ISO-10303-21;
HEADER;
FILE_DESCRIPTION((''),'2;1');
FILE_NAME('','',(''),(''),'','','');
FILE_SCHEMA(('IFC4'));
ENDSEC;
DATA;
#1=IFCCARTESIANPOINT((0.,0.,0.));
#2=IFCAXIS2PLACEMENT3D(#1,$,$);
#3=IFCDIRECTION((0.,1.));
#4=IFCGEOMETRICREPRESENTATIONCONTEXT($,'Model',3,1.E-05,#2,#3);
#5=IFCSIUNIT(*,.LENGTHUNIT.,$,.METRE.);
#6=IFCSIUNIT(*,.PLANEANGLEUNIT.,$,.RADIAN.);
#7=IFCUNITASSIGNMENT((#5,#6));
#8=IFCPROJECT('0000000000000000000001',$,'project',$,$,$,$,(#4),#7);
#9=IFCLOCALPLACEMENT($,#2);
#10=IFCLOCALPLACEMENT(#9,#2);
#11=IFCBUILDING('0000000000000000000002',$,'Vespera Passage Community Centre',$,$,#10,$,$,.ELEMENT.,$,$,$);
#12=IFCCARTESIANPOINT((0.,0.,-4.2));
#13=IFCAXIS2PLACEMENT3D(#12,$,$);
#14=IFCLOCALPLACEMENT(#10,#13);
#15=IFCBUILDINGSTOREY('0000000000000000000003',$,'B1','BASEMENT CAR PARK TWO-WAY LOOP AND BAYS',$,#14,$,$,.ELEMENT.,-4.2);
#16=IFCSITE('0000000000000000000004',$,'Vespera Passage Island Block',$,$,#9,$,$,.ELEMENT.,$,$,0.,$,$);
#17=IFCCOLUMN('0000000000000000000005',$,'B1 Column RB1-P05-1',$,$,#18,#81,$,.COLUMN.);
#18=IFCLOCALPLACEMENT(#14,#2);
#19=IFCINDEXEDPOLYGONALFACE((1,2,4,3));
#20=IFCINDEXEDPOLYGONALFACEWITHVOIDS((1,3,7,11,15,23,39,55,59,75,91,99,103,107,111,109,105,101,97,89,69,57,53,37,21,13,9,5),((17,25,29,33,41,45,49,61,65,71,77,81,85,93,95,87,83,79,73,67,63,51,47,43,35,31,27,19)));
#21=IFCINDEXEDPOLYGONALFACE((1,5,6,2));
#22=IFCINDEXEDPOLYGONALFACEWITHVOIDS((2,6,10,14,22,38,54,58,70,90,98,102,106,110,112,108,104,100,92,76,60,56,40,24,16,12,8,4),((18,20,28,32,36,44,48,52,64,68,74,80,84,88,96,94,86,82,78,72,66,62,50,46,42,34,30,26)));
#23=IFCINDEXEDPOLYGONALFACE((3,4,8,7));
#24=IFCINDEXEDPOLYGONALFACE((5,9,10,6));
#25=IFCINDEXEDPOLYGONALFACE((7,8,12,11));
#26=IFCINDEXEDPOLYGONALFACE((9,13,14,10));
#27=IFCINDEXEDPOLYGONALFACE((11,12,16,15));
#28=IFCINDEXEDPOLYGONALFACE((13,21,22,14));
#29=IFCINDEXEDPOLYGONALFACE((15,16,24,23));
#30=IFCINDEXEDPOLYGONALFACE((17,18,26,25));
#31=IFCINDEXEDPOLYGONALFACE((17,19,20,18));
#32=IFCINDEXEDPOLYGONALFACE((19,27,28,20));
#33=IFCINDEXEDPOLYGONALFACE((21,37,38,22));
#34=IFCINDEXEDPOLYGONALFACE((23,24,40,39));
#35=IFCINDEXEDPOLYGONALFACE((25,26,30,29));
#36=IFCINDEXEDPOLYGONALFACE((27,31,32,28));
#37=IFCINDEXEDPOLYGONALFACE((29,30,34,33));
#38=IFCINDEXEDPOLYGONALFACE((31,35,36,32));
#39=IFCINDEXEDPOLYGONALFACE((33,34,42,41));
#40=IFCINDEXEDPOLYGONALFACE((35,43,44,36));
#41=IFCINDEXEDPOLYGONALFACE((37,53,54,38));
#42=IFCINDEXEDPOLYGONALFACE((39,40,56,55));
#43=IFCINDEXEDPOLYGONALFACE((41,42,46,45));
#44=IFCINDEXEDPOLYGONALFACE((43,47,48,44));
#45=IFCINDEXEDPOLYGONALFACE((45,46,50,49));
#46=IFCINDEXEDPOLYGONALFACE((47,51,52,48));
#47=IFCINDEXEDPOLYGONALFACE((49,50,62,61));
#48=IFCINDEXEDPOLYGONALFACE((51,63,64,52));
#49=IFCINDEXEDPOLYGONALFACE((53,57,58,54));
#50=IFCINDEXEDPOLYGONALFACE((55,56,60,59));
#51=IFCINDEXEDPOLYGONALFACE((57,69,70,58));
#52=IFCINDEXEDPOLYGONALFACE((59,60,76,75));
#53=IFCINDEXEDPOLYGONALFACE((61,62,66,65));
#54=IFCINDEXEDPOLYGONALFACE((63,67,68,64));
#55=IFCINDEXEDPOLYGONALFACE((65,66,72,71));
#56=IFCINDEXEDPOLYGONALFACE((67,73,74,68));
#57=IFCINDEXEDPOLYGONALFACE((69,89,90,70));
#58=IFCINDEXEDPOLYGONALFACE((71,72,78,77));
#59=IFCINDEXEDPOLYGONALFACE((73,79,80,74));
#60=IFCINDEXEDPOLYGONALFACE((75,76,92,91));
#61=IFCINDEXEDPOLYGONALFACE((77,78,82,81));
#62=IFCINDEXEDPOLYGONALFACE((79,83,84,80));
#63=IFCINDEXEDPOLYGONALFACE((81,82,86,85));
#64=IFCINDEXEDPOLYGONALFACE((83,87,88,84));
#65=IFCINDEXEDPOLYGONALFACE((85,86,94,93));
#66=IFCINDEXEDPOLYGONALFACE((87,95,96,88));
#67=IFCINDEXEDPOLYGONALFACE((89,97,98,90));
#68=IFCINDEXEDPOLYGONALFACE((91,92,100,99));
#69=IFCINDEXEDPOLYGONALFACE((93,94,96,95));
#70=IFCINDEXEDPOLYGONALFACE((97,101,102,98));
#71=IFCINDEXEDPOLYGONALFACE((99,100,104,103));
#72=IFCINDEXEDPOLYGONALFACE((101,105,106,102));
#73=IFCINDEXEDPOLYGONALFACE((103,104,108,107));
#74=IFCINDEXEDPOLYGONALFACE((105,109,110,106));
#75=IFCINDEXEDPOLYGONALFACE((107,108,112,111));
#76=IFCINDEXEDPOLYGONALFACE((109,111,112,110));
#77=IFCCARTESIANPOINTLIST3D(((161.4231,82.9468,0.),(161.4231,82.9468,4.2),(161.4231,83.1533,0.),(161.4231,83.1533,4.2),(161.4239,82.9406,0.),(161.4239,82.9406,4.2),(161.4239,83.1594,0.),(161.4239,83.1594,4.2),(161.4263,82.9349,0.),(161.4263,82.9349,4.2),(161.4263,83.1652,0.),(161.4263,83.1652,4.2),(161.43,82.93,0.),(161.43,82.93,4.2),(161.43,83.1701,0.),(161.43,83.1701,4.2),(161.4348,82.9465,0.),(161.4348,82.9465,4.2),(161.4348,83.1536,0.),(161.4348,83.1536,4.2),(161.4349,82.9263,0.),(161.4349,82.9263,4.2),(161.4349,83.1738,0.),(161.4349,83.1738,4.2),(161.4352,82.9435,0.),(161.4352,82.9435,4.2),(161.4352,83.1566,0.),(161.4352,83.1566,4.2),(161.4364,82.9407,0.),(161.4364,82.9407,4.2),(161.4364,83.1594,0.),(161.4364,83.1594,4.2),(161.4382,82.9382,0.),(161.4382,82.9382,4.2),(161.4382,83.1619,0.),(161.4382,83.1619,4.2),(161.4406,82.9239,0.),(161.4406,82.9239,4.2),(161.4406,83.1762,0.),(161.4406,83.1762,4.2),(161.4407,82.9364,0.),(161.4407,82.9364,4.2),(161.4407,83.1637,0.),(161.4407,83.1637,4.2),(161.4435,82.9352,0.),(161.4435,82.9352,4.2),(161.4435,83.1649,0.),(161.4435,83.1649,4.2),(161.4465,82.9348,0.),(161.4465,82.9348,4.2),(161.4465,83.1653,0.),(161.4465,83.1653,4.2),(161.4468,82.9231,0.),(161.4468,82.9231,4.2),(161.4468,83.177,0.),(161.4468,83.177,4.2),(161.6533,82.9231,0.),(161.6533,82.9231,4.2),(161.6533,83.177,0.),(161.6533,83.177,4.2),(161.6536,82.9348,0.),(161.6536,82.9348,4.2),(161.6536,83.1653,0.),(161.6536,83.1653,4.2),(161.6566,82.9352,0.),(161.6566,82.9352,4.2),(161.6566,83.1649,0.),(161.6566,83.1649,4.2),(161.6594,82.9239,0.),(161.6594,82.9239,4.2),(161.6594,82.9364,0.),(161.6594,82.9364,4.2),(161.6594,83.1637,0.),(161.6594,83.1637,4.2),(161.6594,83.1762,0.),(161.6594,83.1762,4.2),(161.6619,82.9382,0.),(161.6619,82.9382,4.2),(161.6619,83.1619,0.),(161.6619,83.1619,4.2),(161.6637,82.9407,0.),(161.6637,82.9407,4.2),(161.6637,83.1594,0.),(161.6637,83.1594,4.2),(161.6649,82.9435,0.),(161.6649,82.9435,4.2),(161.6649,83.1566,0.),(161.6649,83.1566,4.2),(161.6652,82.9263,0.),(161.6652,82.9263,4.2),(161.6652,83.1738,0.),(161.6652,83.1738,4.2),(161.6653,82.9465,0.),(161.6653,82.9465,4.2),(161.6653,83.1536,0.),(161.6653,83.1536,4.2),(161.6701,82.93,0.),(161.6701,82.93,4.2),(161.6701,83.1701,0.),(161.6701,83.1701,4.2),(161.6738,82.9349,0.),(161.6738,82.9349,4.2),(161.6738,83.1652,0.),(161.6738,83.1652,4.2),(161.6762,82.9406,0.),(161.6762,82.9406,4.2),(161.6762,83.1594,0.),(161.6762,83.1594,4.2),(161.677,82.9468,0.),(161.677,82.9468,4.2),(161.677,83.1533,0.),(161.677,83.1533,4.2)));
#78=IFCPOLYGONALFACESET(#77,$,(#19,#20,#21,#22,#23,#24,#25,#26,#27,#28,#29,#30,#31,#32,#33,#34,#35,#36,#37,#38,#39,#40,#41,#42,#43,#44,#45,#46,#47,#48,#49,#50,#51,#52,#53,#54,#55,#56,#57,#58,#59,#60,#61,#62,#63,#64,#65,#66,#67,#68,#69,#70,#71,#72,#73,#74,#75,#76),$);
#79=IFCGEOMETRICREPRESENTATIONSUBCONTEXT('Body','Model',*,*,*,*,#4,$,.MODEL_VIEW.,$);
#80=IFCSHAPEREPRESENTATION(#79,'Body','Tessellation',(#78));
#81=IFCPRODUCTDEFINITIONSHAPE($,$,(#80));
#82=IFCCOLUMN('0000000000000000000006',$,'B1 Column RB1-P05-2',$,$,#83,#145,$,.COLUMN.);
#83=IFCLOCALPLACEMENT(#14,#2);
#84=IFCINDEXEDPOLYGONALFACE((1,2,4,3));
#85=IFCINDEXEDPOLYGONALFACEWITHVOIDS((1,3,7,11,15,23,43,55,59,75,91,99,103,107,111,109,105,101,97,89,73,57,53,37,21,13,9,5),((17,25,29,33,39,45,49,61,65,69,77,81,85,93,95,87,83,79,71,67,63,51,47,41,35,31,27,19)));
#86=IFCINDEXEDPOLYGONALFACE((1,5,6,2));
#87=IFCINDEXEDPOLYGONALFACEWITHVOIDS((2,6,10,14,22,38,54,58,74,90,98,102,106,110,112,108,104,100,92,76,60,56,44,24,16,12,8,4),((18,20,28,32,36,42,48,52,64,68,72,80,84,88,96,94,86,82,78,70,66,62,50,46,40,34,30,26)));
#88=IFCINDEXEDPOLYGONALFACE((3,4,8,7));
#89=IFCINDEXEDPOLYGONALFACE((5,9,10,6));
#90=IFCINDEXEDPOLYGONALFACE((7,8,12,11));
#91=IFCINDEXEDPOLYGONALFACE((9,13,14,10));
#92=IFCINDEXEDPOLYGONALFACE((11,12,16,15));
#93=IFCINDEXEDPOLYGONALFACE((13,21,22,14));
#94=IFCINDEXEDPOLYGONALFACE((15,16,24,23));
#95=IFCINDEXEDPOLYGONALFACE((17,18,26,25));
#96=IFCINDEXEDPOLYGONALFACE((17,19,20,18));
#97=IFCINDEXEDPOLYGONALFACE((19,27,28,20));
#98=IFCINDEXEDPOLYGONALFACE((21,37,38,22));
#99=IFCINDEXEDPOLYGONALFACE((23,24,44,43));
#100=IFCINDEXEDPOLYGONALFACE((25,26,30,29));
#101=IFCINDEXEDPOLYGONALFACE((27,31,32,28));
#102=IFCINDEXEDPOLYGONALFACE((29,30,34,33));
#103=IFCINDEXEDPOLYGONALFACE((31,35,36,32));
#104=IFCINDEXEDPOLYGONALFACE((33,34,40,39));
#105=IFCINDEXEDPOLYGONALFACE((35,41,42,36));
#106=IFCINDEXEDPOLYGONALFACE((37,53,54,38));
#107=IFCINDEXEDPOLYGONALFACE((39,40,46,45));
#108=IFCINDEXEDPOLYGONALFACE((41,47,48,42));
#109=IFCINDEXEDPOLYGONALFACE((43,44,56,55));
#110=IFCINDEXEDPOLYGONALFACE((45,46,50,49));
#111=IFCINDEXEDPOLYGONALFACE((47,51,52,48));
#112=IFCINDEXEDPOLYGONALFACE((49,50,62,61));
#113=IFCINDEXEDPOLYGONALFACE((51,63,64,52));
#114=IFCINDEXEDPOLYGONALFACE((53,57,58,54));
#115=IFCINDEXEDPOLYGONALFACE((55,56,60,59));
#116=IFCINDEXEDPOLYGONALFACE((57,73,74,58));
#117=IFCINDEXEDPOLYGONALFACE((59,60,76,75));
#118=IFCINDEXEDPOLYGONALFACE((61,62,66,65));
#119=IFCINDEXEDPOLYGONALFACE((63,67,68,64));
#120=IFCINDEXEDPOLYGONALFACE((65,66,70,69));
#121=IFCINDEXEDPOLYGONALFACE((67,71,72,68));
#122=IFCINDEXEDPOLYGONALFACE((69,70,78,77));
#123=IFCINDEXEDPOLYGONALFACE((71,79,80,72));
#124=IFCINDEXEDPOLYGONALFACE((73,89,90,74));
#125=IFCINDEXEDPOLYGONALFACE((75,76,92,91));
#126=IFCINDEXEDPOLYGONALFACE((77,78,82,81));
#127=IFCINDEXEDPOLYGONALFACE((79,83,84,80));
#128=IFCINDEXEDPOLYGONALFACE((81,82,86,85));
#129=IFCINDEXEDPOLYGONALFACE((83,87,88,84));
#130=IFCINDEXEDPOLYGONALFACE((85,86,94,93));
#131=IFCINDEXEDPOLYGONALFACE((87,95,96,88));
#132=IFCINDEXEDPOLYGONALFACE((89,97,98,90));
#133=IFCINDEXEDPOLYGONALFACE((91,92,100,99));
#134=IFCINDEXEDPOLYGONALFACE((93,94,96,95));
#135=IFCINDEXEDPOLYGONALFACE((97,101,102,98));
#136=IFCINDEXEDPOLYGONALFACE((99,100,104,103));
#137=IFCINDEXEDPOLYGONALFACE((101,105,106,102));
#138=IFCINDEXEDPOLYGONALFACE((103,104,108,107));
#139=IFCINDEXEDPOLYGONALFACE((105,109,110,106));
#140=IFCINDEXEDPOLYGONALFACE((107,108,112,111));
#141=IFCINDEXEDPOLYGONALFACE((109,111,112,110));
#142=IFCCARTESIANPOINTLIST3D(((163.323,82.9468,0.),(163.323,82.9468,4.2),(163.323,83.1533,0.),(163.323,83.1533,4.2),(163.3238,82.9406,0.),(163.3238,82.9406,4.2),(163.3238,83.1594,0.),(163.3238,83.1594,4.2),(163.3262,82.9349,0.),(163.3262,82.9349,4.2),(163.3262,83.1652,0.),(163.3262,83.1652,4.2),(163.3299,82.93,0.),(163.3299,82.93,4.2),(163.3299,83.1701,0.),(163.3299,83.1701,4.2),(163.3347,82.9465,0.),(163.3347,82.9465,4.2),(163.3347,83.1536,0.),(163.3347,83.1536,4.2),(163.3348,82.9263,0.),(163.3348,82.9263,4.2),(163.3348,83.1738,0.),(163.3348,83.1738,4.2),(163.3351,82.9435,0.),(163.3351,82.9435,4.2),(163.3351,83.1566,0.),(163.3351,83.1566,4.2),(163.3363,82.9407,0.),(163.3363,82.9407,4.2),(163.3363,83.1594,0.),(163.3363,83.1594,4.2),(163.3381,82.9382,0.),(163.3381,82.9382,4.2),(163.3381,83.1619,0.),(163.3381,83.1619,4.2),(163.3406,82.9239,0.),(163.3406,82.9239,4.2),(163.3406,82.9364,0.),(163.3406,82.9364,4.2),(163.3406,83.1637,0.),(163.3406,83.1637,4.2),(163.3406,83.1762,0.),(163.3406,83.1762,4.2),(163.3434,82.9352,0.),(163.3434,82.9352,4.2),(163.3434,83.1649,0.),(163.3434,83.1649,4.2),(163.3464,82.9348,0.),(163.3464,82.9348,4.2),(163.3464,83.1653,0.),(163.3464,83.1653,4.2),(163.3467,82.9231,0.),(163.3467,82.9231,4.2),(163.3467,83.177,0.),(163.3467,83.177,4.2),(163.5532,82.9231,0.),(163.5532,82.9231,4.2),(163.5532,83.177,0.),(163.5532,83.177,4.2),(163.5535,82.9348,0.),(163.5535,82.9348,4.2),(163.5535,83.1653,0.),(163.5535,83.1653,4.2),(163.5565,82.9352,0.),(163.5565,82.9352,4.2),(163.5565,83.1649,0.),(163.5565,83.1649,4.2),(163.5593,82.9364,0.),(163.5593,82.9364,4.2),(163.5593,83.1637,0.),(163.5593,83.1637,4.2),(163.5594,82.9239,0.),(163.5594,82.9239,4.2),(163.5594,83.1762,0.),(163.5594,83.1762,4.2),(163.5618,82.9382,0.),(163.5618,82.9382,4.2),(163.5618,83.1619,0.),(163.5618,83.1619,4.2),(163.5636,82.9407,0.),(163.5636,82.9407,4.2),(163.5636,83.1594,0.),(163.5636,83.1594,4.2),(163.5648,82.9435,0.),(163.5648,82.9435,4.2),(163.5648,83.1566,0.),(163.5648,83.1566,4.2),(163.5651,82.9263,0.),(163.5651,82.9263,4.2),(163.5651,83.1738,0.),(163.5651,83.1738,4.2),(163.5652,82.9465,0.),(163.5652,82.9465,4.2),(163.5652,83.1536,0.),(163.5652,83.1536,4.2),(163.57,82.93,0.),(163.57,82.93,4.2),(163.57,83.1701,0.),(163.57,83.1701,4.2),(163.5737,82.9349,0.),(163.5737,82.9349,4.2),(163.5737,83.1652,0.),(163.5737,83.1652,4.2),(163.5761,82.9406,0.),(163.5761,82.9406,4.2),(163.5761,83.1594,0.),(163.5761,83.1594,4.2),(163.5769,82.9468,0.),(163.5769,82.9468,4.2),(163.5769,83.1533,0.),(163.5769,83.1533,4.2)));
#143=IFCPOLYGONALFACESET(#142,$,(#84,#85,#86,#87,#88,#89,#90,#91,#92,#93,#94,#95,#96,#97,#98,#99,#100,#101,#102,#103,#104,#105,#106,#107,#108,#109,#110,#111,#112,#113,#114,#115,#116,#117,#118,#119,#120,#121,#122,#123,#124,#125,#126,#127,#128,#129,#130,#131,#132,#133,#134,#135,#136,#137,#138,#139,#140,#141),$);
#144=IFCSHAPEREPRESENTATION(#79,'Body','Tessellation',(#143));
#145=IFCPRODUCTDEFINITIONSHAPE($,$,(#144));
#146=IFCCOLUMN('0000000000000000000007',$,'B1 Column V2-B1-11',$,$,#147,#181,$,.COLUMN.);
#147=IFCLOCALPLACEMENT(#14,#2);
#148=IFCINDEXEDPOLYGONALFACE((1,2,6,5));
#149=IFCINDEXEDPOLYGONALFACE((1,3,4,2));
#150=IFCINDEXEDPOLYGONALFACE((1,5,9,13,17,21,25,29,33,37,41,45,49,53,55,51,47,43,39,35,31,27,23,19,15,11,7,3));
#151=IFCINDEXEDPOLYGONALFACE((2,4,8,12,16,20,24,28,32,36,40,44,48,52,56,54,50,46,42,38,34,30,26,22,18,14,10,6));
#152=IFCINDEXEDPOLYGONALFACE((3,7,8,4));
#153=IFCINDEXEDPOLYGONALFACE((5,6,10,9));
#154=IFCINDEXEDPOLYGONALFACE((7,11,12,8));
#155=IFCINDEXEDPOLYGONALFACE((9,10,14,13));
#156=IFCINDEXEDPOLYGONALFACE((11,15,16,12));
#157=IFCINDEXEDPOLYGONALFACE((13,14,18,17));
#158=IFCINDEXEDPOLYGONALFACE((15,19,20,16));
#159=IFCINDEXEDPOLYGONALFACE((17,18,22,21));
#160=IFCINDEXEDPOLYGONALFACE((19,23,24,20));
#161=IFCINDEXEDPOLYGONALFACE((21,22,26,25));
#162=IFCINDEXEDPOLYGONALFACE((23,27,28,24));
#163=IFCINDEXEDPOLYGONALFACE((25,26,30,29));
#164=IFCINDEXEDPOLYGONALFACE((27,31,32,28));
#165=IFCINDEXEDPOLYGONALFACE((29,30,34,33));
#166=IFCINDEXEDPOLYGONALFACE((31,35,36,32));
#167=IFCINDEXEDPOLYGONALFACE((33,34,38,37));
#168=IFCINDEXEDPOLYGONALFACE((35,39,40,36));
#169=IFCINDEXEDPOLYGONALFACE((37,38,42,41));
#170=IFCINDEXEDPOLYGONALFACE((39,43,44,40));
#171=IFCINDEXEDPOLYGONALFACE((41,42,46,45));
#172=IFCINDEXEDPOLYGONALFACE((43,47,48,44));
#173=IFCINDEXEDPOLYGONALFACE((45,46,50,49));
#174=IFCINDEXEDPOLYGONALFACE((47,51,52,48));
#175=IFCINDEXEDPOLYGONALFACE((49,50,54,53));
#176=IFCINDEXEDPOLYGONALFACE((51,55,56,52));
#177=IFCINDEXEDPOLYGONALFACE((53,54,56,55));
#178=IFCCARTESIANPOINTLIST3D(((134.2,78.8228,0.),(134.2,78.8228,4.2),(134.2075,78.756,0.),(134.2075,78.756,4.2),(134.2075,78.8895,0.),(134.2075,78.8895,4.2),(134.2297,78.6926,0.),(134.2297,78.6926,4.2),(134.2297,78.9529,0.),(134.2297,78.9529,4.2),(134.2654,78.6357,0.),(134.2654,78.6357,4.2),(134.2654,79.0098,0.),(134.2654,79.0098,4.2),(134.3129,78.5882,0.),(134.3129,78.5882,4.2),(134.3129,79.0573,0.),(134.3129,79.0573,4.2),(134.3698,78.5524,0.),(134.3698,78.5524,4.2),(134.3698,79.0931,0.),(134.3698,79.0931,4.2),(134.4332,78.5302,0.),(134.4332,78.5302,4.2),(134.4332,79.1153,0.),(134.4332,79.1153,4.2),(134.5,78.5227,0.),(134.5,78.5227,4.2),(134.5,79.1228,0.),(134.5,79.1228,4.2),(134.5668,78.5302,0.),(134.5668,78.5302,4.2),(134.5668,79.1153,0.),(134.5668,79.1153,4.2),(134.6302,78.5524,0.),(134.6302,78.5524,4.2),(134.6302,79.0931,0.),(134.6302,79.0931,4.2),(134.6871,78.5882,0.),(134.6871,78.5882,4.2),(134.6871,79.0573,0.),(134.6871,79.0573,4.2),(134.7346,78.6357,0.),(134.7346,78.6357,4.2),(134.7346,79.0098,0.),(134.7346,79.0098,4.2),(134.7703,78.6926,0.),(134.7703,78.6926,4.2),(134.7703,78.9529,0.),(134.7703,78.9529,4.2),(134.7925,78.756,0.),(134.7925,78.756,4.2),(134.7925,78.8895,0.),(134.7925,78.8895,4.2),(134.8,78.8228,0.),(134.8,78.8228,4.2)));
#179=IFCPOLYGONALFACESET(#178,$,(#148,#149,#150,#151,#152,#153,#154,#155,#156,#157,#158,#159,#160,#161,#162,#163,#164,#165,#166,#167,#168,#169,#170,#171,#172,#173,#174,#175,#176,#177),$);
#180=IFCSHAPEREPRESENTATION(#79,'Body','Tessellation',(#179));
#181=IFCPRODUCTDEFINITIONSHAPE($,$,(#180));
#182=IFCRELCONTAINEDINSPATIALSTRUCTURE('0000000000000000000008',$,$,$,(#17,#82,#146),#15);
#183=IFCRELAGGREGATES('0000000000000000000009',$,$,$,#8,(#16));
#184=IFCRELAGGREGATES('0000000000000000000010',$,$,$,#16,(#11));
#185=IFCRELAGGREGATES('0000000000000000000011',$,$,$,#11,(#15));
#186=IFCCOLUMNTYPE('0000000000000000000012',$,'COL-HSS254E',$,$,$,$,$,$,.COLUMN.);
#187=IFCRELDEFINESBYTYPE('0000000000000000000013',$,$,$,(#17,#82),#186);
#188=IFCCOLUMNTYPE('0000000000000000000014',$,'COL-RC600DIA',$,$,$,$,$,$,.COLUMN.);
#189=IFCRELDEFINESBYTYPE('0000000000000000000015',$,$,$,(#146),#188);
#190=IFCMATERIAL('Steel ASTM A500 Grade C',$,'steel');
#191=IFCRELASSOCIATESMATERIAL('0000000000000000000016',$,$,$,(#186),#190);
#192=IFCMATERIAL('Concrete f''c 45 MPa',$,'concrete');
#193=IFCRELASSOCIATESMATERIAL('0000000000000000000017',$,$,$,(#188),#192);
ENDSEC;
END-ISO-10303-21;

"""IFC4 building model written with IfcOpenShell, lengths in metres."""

from ifc_helpers import new_model, si_unit, direction, frame, origin, origin_2d, place, context, subcontext, project, spatial, hollow_rectangle, circle, extrude, material, material_profile, profile_set, type_object, element, save


model = new_model("IFC4")

# Units and contexts
model_context = context("Model", 3, precision=1e-05, world=origin(), true_north=direction((0.0, 1.0)))
body_context = subcontext(model_context, "Body", "Model", "MODEL_VIEW")
ifc_project = project(units=[si_unit("LENGTHUNIT", "METRE"), si_unit("PLANEANGLEUNIT", "RADIAN")], contexts=[model_context])

# Site, building, storey
site_placement = place(None, origin())
site = spatial("IfcSite", under=ifc_project, at=site_placement, Name="Vespera Passage Island Block", CompositionType="ELEMENT", RefElevation=0.0)
building_placement = place(site_placement, origin())
building = spatial("IfcBuilding", under=site, at=building_placement, Name="Vespera Passage Community Centre", CompositionType="ELEMENT")
storey_placement = place(building_placement, frame((0.0, 0.0, -4.2)))
storey = spatial("IfcBuildingStorey", under=building, at=storey_placement, Name="B1", Description="BASEMENT CAR PARK TWO-WAY LOOP AND BAYS", CompositionType="ELEMENT", Elevation=-4.2)

# Columns
ifc_material_1 = material(Name="Steel ASTM A500 Grade C", Category="steel")
ifc_material_profile_1 = material_profile(ifc_material_1, hollow_rectangle(XDim=0.2539, YDim=0.2539, WallThickness=0.0117, InnerFilletRadius=0.0117, OuterFilletRadius=0.0237, at=origin_2d()), Name="HSS254X254X12.7")
ifc_profile_set_1 = profile_set([ifc_material_profile_1], Name="Steel ASTM A500 Grade C")
column_type_1 = type_object("IfcColumnType", Name="COL-HSS254E", PredefinedType="COLUMN", material=ifc_profile_set_1)
for number, where, z_axis, x_axis, name in (
    (1, (161.55, 83.05, 0.0), (0.0, 0.0, 1.0), (1.0, 0.0, 0.0), "B1 Column RB1-P05-1"),
    (2, (163.45, 83.05, 0.0), (0.0, 0.0, 1.0), (1.0, 0.0, 0.0), "B1 Column RB1-P05-2"),
):
    element("IfcColumn", number, at=place(storey_placement, frame(where, z_axis=z_axis, x_axis=x_axis)), inside=storey, type_object=column_type_1, Name=name, PredefinedType="COLUMN", context=body_context, shape_type="SweptSolid", body=[
        extrude(hollow_rectangle(XDim=0.2539, YDim=0.2539, WallThickness=0.0117, InnerFilletRadius=0.0117, OuterFilletRadius=0.0237, at=origin_2d()), origin(), (0.0, 0.0, 1.0), 4.2),
    ])
ifc_material_2 = material(Name="Concrete f'c 45 MPa", Category="concrete")
ifc_material_profile_2 = material_profile(ifc_material_2, circle(Radius=0.3, at=origin_2d()), Name="RC600DIA")
ifc_profile_set_2 = profile_set([ifc_material_profile_2], Name="Concrete f'c 45 MPa")
column_type_2 = type_object("IfcColumnType", Name="COL-RC600DIA", PredefinedType="COLUMN", material=ifc_profile_set_2)
for number, where, z_axis, x_axis, name in (
    (3, (134.5, 78.8228, 0.0), (0.0, 0.0, 1.0), (1.0, 0.0, 0.0), "B1 Column V2-B1-11"),
):
    element("IfcColumn", number, at=place(storey_placement, frame(where, z_axis=z_axis, x_axis=x_axis)), inside=storey, type_object=column_type_2, Name=name, PredefinedType="COLUMN", context=body_context, shape_type="SweptSolid", body=[
        extrude(circle(Radius=0.3, at=origin_2d()), origin(), (0.0, 0.0, 1.0), 4.2),
    ])

save(model, "model.ifc")
